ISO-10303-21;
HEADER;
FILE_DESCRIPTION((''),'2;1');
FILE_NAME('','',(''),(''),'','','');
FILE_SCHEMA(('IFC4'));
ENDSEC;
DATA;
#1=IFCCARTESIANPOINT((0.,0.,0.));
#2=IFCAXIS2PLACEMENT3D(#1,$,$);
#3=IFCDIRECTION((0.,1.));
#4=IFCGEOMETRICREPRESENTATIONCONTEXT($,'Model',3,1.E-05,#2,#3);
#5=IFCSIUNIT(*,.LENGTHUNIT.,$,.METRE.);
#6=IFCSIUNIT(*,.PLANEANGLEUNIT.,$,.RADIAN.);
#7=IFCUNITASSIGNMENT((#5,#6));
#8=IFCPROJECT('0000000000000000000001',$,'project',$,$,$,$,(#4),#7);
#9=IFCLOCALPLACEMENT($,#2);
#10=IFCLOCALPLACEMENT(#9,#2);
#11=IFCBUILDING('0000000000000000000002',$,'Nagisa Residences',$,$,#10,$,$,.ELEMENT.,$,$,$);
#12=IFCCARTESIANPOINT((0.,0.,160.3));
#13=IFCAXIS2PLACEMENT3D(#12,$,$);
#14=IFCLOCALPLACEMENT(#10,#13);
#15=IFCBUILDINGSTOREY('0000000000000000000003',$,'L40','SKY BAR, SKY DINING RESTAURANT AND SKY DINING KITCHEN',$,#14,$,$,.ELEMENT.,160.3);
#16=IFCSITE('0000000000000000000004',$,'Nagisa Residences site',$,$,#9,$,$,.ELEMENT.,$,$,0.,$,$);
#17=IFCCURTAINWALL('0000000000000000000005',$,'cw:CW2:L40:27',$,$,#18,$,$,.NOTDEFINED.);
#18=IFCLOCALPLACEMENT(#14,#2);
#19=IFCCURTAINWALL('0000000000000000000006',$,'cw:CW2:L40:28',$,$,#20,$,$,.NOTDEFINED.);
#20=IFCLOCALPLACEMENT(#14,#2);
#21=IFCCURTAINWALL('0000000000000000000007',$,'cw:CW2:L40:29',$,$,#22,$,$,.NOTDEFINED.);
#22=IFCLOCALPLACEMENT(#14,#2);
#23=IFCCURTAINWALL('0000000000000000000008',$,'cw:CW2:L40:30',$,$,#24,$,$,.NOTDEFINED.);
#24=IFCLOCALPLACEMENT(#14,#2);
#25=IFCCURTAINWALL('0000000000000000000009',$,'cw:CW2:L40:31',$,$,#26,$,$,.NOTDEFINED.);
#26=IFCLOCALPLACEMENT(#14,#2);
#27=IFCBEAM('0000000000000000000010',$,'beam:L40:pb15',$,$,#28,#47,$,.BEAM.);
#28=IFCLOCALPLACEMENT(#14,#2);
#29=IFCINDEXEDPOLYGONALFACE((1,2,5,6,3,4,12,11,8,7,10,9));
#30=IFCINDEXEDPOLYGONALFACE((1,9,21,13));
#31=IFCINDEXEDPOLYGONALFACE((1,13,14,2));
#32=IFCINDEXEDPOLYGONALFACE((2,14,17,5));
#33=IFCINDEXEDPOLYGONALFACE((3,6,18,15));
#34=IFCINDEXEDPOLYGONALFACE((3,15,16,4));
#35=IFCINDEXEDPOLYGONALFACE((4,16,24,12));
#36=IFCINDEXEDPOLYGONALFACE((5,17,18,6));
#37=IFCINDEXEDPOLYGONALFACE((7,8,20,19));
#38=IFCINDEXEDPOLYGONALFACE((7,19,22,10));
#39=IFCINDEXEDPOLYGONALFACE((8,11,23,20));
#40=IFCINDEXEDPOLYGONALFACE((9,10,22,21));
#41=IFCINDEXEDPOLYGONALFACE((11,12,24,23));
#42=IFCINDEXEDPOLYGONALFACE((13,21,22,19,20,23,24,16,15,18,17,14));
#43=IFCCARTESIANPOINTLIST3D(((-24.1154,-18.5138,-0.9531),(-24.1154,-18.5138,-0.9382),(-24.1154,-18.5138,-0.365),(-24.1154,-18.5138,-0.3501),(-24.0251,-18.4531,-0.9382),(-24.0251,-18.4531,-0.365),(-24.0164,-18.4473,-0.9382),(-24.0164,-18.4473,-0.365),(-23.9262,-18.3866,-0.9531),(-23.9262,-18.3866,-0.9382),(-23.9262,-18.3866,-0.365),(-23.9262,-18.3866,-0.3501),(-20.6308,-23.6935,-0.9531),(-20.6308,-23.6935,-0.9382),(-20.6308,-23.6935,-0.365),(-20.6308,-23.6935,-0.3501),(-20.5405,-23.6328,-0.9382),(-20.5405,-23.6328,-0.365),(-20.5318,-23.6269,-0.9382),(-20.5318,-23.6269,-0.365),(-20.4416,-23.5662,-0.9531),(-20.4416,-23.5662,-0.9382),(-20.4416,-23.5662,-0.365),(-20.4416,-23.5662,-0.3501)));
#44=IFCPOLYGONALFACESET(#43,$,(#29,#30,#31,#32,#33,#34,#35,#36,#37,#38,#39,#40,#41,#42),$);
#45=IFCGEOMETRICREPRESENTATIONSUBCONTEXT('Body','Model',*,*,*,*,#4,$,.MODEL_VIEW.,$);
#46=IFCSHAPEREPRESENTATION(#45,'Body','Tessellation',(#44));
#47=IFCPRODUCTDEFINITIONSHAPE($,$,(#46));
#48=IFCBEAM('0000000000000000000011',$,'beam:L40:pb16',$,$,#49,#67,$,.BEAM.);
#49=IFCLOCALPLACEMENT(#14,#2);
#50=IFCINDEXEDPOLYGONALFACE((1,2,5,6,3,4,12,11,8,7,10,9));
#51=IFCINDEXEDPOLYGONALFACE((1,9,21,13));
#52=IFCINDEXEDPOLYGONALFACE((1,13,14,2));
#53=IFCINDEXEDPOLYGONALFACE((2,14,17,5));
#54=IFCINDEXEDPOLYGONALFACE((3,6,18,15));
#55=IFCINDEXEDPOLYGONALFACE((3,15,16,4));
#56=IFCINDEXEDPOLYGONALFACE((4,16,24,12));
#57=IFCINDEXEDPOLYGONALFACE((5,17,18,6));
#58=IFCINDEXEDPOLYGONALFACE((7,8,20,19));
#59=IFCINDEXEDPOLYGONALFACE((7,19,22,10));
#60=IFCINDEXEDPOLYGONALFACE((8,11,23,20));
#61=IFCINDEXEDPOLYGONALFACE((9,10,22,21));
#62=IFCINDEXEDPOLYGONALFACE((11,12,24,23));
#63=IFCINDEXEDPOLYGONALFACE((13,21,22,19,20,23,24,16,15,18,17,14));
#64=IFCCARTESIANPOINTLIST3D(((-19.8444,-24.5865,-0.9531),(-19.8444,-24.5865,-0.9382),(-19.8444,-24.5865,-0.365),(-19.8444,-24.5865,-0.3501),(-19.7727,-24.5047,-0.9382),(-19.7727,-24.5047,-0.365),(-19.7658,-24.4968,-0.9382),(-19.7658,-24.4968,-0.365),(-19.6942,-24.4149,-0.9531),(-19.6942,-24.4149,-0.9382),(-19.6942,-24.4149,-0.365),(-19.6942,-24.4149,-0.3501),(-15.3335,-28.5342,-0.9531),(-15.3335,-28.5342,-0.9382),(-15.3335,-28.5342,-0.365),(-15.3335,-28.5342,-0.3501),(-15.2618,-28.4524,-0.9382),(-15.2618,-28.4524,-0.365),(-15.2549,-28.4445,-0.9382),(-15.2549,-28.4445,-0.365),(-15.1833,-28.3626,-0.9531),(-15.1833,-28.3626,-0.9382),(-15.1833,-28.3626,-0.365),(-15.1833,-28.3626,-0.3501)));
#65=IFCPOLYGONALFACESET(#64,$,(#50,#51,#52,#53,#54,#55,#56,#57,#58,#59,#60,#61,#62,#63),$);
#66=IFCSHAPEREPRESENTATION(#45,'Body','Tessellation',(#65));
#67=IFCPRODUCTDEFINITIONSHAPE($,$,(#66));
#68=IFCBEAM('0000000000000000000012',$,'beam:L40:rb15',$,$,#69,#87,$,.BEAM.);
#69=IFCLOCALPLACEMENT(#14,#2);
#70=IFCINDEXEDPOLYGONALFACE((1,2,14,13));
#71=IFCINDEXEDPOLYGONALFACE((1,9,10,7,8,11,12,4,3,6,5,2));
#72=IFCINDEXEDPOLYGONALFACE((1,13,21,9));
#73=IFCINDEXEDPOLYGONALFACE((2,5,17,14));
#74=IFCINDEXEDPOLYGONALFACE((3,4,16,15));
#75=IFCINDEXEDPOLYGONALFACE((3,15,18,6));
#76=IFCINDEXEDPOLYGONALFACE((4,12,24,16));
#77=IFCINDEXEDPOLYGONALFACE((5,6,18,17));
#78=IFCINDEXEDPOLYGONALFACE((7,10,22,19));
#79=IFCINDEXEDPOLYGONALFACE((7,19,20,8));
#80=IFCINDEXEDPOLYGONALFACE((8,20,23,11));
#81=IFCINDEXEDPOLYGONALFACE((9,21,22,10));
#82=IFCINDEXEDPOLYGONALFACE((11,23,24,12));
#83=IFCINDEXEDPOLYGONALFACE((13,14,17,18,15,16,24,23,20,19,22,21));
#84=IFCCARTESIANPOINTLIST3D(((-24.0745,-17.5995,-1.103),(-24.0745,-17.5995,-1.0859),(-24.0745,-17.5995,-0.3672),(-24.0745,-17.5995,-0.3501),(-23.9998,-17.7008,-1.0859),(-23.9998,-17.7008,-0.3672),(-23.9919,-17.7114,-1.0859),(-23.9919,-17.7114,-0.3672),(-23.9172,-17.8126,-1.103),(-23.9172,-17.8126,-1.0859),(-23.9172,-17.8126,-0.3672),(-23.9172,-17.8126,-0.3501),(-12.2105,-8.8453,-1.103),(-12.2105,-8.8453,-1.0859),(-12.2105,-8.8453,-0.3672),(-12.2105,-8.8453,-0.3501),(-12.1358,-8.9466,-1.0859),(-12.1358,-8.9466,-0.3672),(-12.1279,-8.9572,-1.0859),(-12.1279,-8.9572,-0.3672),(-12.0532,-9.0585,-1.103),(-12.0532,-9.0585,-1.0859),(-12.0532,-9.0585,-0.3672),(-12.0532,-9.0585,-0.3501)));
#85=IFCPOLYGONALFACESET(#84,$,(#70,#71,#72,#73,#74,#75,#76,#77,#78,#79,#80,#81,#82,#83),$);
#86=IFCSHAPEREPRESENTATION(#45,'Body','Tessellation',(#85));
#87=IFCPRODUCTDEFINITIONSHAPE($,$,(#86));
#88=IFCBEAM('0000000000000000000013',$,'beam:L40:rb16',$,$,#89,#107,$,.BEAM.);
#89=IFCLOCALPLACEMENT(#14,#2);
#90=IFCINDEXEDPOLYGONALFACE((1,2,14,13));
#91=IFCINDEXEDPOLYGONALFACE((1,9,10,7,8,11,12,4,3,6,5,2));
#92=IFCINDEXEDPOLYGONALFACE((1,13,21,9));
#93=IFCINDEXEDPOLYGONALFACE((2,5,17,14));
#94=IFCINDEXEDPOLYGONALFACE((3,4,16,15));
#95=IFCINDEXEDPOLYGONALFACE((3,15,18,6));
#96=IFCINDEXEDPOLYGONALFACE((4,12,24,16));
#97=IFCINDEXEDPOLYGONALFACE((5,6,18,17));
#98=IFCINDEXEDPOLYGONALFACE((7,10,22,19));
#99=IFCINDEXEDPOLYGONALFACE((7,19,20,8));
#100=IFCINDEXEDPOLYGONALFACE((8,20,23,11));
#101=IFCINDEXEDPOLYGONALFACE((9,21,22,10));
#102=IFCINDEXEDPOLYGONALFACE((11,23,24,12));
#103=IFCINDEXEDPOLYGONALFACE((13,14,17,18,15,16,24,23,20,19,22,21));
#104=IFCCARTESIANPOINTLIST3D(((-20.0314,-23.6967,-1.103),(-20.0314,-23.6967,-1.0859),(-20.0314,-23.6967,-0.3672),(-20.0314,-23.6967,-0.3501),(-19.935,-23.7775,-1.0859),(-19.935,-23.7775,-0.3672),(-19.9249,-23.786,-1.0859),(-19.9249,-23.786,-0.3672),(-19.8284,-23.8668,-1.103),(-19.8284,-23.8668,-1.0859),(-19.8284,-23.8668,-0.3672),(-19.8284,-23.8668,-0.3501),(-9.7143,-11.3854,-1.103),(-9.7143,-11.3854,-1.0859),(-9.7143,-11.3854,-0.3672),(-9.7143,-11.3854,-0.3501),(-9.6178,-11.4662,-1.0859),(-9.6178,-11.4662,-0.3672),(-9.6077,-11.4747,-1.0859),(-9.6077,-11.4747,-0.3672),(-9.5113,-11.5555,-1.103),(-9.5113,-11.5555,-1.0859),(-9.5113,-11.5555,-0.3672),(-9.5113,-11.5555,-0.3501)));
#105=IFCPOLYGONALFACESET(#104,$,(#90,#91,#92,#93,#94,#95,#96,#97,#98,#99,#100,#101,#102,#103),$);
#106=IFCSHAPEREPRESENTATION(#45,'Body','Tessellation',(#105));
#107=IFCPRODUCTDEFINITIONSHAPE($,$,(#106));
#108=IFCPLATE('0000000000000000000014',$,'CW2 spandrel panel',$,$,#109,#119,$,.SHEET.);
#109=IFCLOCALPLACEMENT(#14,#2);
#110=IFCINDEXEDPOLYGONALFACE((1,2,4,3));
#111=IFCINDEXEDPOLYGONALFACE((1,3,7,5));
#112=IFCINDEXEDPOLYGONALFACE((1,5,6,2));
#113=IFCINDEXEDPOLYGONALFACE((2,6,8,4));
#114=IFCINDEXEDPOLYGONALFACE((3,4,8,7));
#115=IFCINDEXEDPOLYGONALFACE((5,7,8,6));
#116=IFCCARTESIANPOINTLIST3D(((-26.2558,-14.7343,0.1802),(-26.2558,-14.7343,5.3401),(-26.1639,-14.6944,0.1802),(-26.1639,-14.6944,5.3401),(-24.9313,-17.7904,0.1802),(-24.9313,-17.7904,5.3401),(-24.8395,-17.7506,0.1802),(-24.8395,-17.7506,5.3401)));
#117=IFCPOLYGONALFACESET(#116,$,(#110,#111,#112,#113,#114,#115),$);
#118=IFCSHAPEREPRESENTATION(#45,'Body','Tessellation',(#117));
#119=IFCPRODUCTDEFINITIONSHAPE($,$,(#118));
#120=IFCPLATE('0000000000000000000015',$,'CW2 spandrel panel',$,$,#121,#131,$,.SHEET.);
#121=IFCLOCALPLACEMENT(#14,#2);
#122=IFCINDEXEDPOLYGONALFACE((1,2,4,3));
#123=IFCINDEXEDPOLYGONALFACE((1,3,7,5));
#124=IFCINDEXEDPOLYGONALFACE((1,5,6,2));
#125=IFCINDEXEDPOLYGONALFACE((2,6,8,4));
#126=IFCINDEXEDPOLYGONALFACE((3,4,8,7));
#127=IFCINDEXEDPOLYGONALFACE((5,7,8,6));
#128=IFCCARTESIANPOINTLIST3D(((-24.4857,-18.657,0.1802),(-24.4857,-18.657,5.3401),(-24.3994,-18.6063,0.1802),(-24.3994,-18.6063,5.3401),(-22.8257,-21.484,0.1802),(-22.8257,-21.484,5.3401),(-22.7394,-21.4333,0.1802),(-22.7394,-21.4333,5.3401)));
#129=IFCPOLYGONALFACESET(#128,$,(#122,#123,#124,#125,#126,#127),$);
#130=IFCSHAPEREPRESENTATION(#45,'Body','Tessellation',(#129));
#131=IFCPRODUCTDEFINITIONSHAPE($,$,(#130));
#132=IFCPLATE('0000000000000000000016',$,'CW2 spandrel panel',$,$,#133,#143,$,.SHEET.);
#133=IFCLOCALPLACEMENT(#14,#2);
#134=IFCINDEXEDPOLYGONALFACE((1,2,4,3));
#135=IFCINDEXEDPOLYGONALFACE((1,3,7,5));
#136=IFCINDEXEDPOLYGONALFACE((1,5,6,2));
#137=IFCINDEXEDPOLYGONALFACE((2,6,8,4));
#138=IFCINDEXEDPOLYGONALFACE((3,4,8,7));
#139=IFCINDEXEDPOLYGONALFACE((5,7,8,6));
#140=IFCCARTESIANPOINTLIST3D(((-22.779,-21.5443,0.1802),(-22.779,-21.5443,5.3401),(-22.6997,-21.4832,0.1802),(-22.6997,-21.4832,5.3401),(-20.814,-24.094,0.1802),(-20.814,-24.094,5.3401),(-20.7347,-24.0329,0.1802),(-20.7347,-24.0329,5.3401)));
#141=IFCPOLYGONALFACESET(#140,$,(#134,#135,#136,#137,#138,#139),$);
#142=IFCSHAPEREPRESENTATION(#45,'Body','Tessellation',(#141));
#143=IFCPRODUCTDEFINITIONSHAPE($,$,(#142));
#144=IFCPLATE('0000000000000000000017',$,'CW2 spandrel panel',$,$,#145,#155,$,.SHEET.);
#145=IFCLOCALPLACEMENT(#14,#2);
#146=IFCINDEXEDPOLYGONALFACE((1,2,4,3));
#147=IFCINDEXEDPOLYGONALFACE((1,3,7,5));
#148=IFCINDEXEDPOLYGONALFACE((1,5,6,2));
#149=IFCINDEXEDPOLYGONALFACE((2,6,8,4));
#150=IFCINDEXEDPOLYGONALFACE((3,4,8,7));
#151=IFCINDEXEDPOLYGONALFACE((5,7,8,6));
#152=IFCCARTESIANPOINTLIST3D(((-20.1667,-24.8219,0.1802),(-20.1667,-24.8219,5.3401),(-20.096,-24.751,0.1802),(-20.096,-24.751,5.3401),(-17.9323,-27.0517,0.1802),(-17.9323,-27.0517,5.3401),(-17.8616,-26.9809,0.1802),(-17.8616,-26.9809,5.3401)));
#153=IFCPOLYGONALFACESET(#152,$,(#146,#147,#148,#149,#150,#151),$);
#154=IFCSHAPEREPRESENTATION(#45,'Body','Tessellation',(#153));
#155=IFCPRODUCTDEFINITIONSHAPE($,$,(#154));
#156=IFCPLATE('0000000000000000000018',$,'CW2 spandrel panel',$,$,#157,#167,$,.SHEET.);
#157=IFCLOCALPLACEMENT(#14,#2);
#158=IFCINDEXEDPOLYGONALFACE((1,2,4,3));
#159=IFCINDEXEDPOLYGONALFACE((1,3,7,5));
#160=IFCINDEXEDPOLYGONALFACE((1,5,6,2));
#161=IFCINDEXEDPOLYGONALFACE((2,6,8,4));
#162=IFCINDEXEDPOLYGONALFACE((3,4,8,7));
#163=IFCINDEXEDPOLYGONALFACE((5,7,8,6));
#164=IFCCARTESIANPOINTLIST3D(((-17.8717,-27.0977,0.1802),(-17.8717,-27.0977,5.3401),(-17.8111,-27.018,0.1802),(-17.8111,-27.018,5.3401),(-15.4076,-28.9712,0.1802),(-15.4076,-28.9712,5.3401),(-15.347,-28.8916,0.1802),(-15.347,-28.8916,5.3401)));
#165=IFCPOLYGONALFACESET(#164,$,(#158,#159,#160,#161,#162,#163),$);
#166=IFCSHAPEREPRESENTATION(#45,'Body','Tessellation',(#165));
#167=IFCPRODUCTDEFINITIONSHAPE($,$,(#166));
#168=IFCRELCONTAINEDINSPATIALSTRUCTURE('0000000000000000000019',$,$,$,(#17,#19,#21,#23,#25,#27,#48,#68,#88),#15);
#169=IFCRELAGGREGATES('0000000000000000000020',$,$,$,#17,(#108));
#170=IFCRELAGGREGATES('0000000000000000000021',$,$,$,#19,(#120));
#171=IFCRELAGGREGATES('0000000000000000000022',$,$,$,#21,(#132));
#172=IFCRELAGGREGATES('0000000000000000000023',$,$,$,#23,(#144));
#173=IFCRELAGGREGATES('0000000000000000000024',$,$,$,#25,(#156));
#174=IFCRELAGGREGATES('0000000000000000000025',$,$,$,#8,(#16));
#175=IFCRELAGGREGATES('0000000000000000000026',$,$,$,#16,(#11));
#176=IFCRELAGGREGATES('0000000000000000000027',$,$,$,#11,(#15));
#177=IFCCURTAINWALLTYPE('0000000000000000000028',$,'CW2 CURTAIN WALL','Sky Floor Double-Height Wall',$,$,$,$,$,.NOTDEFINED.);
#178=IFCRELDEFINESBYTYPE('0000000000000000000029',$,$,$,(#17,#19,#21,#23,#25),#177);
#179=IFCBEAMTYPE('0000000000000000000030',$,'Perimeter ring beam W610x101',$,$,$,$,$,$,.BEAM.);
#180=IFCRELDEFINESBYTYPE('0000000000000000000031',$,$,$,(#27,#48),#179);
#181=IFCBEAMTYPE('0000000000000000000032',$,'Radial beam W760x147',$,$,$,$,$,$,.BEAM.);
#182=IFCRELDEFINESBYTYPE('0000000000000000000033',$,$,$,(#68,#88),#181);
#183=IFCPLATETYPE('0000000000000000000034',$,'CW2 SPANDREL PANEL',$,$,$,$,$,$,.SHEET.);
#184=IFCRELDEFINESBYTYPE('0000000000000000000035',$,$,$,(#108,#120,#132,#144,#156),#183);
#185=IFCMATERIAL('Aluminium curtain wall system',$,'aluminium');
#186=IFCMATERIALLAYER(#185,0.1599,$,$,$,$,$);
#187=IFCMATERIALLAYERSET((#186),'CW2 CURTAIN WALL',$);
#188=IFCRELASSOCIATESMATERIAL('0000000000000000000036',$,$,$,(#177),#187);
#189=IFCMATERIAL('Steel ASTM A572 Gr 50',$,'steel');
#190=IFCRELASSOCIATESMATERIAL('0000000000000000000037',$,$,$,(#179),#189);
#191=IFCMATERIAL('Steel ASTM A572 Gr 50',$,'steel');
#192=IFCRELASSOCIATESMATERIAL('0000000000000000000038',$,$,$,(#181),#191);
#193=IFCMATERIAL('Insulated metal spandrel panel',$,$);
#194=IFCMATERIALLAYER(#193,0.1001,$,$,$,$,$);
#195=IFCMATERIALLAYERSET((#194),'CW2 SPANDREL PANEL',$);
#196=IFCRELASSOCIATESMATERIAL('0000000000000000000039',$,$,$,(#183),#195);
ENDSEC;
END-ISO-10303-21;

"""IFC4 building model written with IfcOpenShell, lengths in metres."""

from ifc_helpers import new_model, si_unit, direction, frame, origin, origin_2d, place, context, subcontext, project, spatial, rectangle, i_section, extrude, material, layer, layer_set, material_profile, profile_set, type_object, element, aggregate, save


model = new_model("IFC4")

# Units and contexts
model_context = context("Model", 3, precision=1e-05, world=origin(), true_north=direction((0.0, 1.0)))
body_context = subcontext(model_context, "Body", "Model", "MODEL_VIEW")
ifc_project = project(units=[si_unit("LENGTHUNIT", "METRE"), si_unit("PLANEANGLEUNIT", "RADIAN")], contexts=[model_context])

# Site, building, storey
site_placement = place(None, origin())
site = spatial("IfcSite", under=ifc_project, at=site_placement, Name="Nagisa Residences site", CompositionType="ELEMENT", RefElevation=0.0)
building_placement = place(site_placement, origin())
building = spatial("IfcBuilding", under=site, at=building_placement, Name="Nagisa Residences", CompositionType="ELEMENT")
storey_placement = place(building_placement, frame((0.0, 0.0, 160.3)))
storey = spatial("IfcBuildingStorey", under=building, at=storey_placement, Name="L40", Description="SKY BAR, SKY DINING RESTAURANT AND SKY DINING KITCHEN", CompositionType="ELEMENT", Elevation=160.3)

# Curtain walls
ifc_material_1 = material(Name="Aluminium curtain wall system", Category="aluminium")
ifc_layer_1 = layer(ifc_material_1, 0.1599)
ifc_layer_set_1 = layer_set([ifc_layer_1], Name="CW2 CURTAIN WALL")
curtain_wall_type = type_object("IfcCurtainWallType", Name="CW2 CURTAIN WALL", Description="Sky Floor Double-Height Wall", PredefinedType="NOTDEFINED", material=ifc_layer_set_1)
curtain_wall_1_placement = place(storey_placement, origin())
curtain_wall_1 = element("IfcCurtainWall", 1, at=curtain_wall_1_placement, inside=storey, type_object=curtain_wall_type, Name="cw:CW2:L40:27", PredefinedType="NOTDEFINED")
curtain_wall_2_placement = place(storey_placement, origin())
curtain_wall_2 = element("IfcCurtainWall", 2, at=curtain_wall_2_placement, inside=storey, type_object=curtain_wall_type, Name="cw:CW2:L40:28", PredefinedType="NOTDEFINED")
curtain_wall_3_placement = place(storey_placement, origin())
curtain_wall_3 = element("IfcCurtainWall", 3, at=curtain_wall_3_placement, inside=storey, type_object=curtain_wall_type, Name="cw:CW2:L40:29", PredefinedType="NOTDEFINED")
curtain_wall_4_placement = place(storey_placement, origin())
curtain_wall_4 = element("IfcCurtainWall", 4, at=curtain_wall_4_placement, inside=storey, type_object=curtain_wall_type, Name="cw:CW2:L40:30", PredefinedType="NOTDEFINED")
curtain_wall_5_placement = place(storey_placement, origin())
curtain_wall_5 = element("IfcCurtainWall", 5, at=curtain_wall_5_placement, inside=storey, type_object=curtain_wall_type, Name="cw:CW2:L40:31", PredefinedType="NOTDEFINED")

# Beams
ifc_material_2 = material(Name="Steel ASTM A572 Gr 50", Category="steel")
ifc_material_profile_1 = material_profile(ifc_material_2, i_section(OverallWidth=0.228, OverallDepth=0.603, WebThickness=0.0105, FlangeThickness=0.0149, at=origin_2d()), Name="W610x101")
ifc_profile_set_1 = profile_set([ifc_material_profile_1], Name="Steel ASTM A572 Gr 50")
beam_type_1 = type_object("IfcBeamType", Name="Perimeter ring beam W610x101", PredefinedType="BEAM", material=ifc_profile_set_1)
beam_1_placement = place(storey_placement, frame((-24.0208, -18.4502, -0.6516), z_axis=(0.558188, -0.829715, 0.0), x_axis=(0.829715, 0.558188, 0.0)))
element("IfcBeam", 6, at=beam_1_placement, inside=storey, type_object=beam_type_1, Name="beam:L40:pb15", PredefinedType="BEAM", context=body_context, shape_type="SweptSolid", body=[
    extrude(i_section(OverallWidth=0.228, OverallDepth=0.603, WebThickness=0.0105, FlangeThickness=0.0149, at=origin_2d()), origin(), (0.0, 0.0, 1.0), 6.2427),
])
beam_2_placement = place(storey_placement, frame((-19.7693, -24.5007, -0.6516), z_axis=(0.752524, -0.658565, 0.0), x_axis=(0.658565, 0.752524, 0.0)))
element("IfcBeam", 7, at=beam_2_placement, inside=storey, type_object=beam_type_1, Name="beam:L40:pb16", PredefinedType="BEAM", context=body_context, shape_type="SweptSolid", body=[
    extrude(i_section(OverallWidth=0.228, OverallDepth=0.603, WebThickness=0.0105, FlangeThickness=0.0149, at=origin_2d()), origin(), (0.0, 0.0, 1.0), 5.9944),
])
ifc_material_3 = material(Name="Steel ASTM A572 Gr 50", Category="steel")
ifc_material_profile_2 = material_profile(ifc_material_3, i_section(OverallWidth=0.2649, OverallDepth=0.7529, WebThickness=0.0132, FlangeThickness=0.0171, at=origin_2d()), Name="W760x147")
ifc_profile_set_2 = profile_set([ifc_material_profile_2], Name="Steel ASTM A572 Gr 50")
beam_type_2 = type_object("IfcBeamType", Name="Radial beam W760x147", PredefinedType="BEAM", material=ifc_profile_set_2)
beam_3_placement = place(storey_placement, frame((-23.9958, -17.7061, -0.7266), z_axis=(0.804659, 0.593737, 0.0), x_axis=(-0.593737, 0.804659, 0.0)))
element("IfcBeam", 8, at=beam_3_placement, inside=storey, type_object=beam_type_2, Name="beam:L40:rb15", PredefinedType="BEAM", context=body_context, shape_type="SweptSolid", body=[
    extrude(i_section(OverallWidth=0.2649, OverallDepth=0.7529, WebThickness=0.0132, FlangeThickness=0.0171, at=origin_2d()), origin(), (0.0, 0.0, 1.0), 14.7441),
])
beam_4_placement = place(storey_placement, frame((-19.9299, -23.7817, -0.7266), z_axis=(0.642303, 0.766451, 0.0), x_axis=(-0.766451, 0.642303, 0.0)))
element("IfcBeam", 9, at=beam_4_placement, inside=storey, type_object=beam_type_2, Name="beam:L40:rb16", PredefinedType="BEAM", context=body_context, shape_type="SweptSolid", body=[
    extrude(i_section(OverallWidth=0.2649, OverallDepth=0.7529, WebThickness=0.0132, FlangeThickness=0.0171, at=origin_2d()), origin(), (0.0, 0.0, 1.0), 16.0627),
])

# Plates
ifc_material_4 = material(Name="Insulated metal spandrel panel")
ifc_layer_2 = layer(ifc_material_4, 0.1001)
ifc_layer_set_2 = layer_set([ifc_layer_2], Name="CW2 SPANDREL PANEL")
plate_type = type_object("IfcPlateType", Name="CW2 SPANDREL PANEL", PredefinedType="SHEET", material=ifc_layer_set_2)
plate_1_placement = place(storey_placement, frame((-25.5476, -16.2424, 0.1802), z_axis=(0.0, 0.0, 1.0), x_axis=(0.397636, -0.917543, 0.0)))
plate_1 = element("IfcPlate", 10, at=plate_1_placement, type_object=plate_type, Name="CW2 spandrel panel", PredefinedType="SHEET", context=body_context, shape_type="SweptSolid", body=[
    extrude(rectangle(XDim=3.3308, YDim=0.1001, at=origin_2d()), origin(), (0.0, 0.0, 1.0), 5.1599),
])
aggregate(curtain_wall_1, [plate_1])
plate_2_placement = place(storey_placement, frame((-23.6125, -20.0452, 0.1802), z_axis=(0.0, 0.0, 1.0), x_axis=(0.506349, -0.862329, 0.0)))
plate_2 = element("IfcPlate", 11, at=plate_2_placement, type_object=plate_type, Name="CW2 spandrel panel", PredefinedType="SHEET", context=body_context, shape_type="SweptSolid", body=[
    extrude(rectangle(XDim=3.2783, YDim=0.1001, at=origin_2d()), origin(), (0.0, 0.0, 1.0), 5.1599),
])
aggregate(curtain_wall_2, [plate_2])
plate_3_placement = place(storey_placement, frame((-21.7568, -22.7886, 0.1802), z_axis=(0.0, 0.0, 1.0), x_axis=(0.61043, -0.79207, 0.0)))
plate_3 = element("IfcPlate", 12, at=plate_3_placement, type_object=plate_type, Name="CW2 spandrel panel", PredefinedType="SHEET", context=body_context, shape_type="SweptSolid", body=[
    extrude(rectangle(XDim=3.219, YDim=0.1001, at=origin_2d()), origin(), (0.0, 0.0, 1.0), 5.1599),
])
aggregate(curtain_wall_3, [plate_3])
plate_4_placement = place(storey_placement, frame((-19.0142, -25.9014, 0.1802), z_axis=(0.0, 0.0, 1.0), x_axis=(0.707836, -0.706377, 0.0)))
plate_4 = element("IfcPlate", 13, at=plate_4_placement, type_object=plate_type, Name="CW2 spandrel panel", PredefinedType="SHEET", context=body_context, shape_type="SweptSolid", body=[
    extrude(rectangle(XDim=3.1567, YDim=0.1001, at=origin_2d()), origin(), (0.0, 0.0, 1.0), 5.1599),
])
aggregate(curtain_wall_4, [plate_4])
plate_5_placement = place(storey_placement, frame((-16.6094, -27.9946, 0.1802), z_axis=(0.0, 0.0, 1.0), x_axis=(0.796031, -0.605255, 0.0)))
plate_5 = element("IfcPlate", 14, at=plate_5_placement, type_object=plate_type, Name="CW2 spandrel panel", PredefinedType="SHEET", context=body_context, shape_type="SweptSolid", body=[
    extrude(rectangle(XDim=3.0955, YDim=0.1001, at=origin_2d()), origin(), (0.0, 0.0, 1.0), 5.1599),
])
aggregate(curtain_wall_5, [plate_5])

save(model, "model.ifc")
